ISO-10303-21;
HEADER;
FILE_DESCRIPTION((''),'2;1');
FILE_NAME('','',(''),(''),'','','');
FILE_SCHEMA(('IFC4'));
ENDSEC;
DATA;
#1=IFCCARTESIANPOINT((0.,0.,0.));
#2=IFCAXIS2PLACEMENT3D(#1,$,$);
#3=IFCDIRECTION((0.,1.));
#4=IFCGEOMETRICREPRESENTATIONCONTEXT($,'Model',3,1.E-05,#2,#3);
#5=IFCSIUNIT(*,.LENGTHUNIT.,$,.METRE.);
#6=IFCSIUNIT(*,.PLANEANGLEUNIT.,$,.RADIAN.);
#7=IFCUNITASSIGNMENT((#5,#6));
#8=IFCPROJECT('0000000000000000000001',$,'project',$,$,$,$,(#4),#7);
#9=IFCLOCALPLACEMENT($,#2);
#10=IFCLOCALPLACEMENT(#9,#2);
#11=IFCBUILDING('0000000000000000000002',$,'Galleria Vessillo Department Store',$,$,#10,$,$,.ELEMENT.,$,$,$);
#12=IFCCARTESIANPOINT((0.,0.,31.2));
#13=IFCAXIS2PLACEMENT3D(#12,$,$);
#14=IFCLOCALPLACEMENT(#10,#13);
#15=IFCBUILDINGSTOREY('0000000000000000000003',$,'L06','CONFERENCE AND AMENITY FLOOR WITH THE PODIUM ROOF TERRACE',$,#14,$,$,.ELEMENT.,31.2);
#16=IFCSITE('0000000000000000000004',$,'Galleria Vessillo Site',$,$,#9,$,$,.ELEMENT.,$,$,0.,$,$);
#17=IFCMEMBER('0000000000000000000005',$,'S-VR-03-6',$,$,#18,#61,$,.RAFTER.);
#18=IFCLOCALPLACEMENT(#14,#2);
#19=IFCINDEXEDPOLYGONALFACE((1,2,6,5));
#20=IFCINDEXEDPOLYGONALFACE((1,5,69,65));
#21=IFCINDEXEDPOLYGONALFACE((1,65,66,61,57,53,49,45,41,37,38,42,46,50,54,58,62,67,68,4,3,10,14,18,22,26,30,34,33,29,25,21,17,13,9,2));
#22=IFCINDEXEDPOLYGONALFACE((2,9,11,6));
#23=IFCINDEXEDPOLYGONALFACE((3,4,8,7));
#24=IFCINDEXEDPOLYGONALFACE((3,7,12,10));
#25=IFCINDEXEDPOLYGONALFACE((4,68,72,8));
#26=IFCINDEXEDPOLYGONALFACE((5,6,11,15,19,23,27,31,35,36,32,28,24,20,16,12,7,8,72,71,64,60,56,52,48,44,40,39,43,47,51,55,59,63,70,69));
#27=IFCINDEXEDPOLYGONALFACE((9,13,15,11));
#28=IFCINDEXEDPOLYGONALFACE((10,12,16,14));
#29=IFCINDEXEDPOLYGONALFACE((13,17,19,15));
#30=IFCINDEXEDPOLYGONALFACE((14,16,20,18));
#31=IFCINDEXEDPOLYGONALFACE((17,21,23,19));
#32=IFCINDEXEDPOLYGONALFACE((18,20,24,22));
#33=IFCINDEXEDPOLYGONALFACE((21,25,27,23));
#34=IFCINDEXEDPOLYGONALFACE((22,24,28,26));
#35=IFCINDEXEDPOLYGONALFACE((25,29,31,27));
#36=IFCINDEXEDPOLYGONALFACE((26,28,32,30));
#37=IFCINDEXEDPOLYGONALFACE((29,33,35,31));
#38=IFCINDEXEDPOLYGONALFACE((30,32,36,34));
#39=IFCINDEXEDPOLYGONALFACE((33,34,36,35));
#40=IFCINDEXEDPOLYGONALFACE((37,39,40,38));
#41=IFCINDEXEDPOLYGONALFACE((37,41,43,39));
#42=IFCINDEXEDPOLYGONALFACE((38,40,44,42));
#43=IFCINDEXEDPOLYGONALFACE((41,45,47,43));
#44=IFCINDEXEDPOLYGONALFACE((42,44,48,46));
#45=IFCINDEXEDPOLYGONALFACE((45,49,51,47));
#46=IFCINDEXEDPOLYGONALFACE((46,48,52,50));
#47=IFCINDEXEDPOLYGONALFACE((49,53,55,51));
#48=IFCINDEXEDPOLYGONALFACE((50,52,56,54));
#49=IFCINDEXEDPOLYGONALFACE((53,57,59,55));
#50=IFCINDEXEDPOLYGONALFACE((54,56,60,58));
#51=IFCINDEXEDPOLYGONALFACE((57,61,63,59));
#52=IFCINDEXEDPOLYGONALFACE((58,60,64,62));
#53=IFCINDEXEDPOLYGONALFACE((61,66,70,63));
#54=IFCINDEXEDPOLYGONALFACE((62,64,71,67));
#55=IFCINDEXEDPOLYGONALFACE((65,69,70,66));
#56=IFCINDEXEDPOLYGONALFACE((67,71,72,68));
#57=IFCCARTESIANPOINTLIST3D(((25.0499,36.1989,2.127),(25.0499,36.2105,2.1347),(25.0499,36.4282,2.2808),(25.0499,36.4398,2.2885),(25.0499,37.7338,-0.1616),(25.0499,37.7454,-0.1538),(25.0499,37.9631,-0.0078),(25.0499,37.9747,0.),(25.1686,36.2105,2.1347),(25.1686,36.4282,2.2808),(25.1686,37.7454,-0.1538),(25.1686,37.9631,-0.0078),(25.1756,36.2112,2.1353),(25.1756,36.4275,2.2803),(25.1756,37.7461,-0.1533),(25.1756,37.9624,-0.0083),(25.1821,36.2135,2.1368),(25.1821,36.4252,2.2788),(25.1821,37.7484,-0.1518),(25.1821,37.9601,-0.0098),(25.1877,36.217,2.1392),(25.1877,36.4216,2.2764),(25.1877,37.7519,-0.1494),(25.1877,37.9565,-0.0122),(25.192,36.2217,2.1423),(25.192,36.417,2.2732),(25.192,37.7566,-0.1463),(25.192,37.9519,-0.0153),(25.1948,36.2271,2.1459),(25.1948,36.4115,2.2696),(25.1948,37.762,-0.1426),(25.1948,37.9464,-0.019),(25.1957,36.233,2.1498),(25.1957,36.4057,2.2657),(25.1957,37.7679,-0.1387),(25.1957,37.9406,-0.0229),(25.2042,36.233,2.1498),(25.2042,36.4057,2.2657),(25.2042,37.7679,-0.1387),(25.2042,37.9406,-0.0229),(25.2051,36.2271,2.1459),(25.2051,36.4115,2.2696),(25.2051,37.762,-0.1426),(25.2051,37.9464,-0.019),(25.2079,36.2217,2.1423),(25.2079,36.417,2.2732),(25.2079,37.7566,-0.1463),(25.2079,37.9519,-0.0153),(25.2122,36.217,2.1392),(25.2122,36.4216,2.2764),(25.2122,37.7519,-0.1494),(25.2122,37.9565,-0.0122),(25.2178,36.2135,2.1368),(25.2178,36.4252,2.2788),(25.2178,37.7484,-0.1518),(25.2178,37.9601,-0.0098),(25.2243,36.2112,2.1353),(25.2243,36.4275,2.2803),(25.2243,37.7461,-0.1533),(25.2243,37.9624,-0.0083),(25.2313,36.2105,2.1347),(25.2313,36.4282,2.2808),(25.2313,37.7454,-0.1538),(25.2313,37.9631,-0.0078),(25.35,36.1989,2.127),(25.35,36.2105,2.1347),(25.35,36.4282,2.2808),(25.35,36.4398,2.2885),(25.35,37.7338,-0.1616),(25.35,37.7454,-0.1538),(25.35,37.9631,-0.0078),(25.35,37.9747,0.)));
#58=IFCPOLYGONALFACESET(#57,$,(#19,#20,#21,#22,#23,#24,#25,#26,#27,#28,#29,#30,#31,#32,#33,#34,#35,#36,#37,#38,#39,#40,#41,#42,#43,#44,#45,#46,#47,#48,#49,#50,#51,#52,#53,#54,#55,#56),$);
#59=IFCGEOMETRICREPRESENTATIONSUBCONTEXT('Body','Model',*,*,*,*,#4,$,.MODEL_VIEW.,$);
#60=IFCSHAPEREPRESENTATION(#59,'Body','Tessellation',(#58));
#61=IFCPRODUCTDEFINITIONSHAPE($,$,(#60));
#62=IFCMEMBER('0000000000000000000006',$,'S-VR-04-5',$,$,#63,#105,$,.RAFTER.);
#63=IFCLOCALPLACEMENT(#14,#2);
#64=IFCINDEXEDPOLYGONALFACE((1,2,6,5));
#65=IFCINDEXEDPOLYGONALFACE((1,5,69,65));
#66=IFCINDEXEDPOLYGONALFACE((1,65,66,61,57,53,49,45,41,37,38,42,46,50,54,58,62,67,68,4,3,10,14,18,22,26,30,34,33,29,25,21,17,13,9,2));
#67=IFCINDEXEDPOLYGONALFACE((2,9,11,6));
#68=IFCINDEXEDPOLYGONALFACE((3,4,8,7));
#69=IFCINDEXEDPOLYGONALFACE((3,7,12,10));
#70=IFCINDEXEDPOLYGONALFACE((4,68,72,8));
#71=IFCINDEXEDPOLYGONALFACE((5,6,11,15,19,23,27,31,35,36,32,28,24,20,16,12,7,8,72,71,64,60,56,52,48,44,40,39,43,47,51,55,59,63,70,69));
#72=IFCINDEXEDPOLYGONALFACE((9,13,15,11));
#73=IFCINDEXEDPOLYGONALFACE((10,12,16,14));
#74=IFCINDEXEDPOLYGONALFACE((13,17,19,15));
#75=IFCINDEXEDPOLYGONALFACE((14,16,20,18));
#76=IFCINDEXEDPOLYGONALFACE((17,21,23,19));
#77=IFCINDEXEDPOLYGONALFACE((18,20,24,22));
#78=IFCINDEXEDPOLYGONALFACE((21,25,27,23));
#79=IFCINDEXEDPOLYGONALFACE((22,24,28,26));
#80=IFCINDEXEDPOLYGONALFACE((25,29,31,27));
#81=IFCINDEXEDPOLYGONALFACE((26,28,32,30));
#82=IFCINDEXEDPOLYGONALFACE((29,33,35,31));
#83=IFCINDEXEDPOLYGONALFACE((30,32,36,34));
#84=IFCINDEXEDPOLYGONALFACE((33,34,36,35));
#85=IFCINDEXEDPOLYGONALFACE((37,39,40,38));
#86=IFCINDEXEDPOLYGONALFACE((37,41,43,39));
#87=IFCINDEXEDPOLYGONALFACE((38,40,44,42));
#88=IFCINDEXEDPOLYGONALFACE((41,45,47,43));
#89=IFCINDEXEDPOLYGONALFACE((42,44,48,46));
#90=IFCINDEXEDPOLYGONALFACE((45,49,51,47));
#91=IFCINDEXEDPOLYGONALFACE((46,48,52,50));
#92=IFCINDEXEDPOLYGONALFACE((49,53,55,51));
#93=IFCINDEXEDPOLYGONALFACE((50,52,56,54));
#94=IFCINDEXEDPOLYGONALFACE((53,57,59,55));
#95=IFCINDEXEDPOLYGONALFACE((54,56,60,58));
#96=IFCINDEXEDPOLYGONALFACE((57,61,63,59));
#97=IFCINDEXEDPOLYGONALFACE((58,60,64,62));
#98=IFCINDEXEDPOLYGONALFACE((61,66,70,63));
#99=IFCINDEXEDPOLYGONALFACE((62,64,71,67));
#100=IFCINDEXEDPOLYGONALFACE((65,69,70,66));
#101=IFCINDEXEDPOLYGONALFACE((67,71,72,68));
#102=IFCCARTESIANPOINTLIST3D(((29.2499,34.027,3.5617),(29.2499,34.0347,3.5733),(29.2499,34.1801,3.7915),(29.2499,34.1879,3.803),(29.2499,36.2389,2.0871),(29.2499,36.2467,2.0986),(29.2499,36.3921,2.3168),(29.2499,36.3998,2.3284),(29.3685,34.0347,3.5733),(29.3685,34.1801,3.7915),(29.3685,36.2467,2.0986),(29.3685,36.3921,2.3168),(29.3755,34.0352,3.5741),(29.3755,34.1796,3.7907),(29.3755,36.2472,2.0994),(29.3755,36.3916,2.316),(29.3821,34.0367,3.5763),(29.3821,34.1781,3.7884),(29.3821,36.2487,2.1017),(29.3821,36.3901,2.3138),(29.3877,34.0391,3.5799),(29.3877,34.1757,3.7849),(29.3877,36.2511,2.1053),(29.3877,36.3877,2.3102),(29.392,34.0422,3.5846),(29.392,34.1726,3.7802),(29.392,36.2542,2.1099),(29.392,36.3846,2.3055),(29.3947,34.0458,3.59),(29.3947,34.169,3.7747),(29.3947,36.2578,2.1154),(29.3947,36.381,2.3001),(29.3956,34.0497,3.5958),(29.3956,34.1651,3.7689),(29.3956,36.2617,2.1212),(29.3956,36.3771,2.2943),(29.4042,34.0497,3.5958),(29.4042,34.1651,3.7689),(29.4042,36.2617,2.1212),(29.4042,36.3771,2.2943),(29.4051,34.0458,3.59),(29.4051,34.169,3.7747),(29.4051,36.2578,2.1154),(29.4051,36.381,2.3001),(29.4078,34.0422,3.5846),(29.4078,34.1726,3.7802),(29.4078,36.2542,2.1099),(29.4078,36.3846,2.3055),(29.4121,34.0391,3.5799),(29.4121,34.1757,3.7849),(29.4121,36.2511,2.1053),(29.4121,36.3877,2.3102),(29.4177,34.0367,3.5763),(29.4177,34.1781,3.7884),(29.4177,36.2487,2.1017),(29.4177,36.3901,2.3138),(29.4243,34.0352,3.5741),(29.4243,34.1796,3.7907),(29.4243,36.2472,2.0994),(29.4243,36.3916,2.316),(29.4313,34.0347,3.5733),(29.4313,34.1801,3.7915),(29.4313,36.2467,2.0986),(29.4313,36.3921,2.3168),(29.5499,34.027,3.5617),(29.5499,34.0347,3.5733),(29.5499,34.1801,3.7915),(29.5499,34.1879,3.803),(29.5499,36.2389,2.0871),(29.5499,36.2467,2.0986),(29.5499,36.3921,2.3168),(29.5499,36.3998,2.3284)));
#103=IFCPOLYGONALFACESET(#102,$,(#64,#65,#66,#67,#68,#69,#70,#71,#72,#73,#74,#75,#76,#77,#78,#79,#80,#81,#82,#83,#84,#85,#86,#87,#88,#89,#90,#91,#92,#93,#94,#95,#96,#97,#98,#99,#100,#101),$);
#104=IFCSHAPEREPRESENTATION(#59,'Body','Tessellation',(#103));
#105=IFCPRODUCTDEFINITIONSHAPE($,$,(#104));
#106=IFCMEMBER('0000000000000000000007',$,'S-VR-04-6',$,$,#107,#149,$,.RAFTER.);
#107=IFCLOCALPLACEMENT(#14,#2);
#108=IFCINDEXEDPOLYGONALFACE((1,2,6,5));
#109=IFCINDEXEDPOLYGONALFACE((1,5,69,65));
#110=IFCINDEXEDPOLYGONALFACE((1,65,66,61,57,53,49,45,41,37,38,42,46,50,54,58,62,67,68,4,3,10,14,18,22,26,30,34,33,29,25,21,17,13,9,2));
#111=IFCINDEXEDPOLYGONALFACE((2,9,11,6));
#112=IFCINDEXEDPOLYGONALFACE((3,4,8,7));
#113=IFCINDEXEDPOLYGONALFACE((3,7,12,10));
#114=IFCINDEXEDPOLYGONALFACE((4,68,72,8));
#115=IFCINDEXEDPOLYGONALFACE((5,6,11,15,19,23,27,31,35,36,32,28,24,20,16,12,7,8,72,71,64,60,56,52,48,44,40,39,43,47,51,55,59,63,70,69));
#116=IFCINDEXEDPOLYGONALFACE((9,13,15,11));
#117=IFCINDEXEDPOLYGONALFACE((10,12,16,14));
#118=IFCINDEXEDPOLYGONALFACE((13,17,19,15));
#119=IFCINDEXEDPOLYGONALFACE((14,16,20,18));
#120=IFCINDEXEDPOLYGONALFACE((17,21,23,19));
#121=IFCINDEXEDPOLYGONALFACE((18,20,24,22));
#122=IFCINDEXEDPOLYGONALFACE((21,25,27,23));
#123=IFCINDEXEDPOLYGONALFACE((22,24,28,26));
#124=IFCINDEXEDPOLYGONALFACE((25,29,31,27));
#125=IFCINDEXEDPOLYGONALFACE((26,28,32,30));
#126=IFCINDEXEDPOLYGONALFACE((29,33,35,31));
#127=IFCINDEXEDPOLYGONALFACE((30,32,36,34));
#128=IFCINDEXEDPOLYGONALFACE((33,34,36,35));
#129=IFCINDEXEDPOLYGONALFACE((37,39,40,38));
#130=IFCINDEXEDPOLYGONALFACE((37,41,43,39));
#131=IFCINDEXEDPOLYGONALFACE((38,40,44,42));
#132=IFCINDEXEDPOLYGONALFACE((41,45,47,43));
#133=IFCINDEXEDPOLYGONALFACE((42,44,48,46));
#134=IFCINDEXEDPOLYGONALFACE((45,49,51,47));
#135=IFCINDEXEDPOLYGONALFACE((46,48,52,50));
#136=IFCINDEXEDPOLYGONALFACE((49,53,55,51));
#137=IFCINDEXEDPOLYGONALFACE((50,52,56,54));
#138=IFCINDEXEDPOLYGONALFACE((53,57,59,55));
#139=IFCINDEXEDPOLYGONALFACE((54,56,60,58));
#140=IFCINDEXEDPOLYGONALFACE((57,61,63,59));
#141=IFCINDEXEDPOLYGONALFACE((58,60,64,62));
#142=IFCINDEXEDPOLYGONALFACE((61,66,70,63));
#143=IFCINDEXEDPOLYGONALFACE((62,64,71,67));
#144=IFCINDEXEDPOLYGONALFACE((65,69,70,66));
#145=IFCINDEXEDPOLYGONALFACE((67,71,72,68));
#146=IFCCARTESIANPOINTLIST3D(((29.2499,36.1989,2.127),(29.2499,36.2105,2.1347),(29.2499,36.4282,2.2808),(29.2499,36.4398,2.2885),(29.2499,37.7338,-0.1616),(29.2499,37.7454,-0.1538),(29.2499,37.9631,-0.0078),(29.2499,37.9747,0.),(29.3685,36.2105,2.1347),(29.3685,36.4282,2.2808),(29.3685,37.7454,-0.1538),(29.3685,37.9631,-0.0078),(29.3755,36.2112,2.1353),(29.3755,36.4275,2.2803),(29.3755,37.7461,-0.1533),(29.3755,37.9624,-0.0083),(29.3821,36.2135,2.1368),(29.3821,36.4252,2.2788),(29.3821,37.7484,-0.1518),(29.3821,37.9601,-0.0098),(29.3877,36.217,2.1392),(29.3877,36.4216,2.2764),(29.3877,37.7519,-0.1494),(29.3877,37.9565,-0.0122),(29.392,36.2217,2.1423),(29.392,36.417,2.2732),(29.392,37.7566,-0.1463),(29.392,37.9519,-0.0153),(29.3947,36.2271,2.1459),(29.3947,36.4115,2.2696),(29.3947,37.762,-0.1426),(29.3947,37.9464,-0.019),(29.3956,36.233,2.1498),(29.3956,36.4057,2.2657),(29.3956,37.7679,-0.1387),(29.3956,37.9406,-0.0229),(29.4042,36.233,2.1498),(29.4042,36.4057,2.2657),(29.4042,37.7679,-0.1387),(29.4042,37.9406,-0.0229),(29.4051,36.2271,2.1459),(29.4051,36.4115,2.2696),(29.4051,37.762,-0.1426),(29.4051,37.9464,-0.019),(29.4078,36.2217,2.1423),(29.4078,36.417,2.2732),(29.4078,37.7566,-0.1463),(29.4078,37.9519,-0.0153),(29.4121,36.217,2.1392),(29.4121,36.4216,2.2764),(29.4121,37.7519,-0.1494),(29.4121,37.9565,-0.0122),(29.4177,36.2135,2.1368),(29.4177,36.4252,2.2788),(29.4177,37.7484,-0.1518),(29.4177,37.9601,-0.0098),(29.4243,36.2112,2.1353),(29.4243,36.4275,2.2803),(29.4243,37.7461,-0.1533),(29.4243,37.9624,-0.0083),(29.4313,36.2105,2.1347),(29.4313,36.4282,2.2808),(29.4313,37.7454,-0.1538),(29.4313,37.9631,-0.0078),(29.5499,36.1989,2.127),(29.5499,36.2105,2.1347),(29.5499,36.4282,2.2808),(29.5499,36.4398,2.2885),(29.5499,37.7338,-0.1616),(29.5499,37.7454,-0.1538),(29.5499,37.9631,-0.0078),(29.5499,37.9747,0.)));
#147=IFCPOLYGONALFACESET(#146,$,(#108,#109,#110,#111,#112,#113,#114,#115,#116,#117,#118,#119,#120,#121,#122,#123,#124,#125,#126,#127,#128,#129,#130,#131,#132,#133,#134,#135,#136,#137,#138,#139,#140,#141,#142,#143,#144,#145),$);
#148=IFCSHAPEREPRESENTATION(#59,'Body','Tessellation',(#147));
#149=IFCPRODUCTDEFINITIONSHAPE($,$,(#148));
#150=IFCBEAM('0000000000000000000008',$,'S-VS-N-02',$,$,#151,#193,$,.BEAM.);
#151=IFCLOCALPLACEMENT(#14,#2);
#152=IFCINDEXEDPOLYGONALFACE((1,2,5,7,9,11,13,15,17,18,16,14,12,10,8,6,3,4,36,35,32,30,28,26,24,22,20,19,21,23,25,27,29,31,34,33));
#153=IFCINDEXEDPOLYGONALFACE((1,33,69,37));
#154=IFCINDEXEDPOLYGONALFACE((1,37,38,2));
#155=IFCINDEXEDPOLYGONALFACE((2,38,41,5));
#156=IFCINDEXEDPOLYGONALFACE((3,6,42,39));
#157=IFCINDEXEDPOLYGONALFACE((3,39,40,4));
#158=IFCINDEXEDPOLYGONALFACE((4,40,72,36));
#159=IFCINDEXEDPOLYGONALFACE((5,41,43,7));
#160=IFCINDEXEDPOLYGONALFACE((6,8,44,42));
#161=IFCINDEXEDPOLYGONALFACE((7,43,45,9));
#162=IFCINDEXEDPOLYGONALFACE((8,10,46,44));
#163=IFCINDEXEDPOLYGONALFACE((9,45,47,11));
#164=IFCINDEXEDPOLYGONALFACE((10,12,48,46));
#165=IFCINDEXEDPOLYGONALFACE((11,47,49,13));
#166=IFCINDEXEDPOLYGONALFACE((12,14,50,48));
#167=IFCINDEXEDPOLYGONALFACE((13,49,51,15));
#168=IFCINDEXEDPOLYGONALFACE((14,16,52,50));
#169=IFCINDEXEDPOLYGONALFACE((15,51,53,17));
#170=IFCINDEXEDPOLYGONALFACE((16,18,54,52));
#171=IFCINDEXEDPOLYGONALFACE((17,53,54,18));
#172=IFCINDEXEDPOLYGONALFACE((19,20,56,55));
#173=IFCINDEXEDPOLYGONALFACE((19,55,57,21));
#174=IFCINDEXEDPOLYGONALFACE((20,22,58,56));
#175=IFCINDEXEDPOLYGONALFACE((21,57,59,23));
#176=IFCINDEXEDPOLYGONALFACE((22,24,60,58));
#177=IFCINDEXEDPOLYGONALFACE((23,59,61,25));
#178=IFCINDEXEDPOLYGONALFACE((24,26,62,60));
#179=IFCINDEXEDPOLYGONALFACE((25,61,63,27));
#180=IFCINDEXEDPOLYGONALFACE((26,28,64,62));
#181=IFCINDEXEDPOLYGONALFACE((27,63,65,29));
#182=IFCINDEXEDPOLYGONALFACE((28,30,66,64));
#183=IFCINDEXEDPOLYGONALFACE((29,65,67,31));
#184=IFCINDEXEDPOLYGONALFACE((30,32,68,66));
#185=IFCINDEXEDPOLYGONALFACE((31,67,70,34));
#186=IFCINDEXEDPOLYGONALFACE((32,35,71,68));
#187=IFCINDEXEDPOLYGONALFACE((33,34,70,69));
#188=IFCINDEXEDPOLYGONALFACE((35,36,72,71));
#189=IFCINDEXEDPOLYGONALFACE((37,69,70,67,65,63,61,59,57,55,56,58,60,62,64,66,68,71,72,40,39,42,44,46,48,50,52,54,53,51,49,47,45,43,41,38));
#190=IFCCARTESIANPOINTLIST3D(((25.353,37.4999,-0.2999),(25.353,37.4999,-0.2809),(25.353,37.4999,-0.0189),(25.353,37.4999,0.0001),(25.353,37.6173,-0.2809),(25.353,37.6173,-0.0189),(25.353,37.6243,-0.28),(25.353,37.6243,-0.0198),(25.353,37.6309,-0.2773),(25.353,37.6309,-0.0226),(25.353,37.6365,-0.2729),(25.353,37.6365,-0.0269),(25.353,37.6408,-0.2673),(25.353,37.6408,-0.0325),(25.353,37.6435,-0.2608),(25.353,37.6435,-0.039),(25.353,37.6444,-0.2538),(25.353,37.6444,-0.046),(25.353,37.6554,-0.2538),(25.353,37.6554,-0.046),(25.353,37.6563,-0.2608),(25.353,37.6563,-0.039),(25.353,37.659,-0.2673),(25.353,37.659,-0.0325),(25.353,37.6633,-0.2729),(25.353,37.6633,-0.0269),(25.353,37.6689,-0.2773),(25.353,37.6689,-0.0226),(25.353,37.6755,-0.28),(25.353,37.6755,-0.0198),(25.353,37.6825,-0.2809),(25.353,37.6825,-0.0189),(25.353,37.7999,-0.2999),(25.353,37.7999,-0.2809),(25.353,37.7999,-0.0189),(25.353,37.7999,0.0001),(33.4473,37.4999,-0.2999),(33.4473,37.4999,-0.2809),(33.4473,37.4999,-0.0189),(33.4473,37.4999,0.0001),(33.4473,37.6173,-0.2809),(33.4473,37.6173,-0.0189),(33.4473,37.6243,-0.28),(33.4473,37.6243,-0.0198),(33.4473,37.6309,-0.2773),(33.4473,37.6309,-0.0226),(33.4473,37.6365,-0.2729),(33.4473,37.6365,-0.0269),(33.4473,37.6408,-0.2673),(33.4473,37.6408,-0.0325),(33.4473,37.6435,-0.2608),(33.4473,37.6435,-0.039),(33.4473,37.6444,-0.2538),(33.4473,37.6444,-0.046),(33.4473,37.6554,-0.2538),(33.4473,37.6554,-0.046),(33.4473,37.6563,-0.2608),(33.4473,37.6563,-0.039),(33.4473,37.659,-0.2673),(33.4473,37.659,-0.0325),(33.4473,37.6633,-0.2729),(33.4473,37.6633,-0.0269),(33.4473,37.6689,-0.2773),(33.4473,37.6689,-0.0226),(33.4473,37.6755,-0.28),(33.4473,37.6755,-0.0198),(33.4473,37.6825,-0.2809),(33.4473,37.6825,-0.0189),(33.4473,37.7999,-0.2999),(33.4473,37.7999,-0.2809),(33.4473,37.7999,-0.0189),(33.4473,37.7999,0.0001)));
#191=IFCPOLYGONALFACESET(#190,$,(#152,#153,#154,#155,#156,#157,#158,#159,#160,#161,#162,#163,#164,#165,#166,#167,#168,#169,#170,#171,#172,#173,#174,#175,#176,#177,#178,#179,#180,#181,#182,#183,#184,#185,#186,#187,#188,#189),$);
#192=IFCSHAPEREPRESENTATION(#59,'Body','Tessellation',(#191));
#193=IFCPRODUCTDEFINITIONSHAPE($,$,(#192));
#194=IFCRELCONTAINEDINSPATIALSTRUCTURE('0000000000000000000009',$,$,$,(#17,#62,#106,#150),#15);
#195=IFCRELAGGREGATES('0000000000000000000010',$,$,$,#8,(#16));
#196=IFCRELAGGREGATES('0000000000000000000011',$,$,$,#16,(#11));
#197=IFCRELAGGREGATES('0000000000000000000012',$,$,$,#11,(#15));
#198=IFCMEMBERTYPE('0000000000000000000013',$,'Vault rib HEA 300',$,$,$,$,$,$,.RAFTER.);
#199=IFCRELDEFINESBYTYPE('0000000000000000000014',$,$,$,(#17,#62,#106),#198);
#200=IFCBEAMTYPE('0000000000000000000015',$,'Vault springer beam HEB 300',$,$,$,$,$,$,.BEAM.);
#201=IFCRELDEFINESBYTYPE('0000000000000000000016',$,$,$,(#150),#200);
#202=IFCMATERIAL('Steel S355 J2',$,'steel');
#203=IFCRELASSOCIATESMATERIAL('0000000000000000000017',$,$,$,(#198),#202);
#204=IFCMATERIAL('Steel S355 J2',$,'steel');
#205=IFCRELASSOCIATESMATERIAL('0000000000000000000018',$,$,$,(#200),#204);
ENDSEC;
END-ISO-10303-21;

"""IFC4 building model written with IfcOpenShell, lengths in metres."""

from ifc_helpers import new_model, si_unit, direction, frame, origin, origin_2d, place, context, subcontext, project, spatial, i_section, extrude, material, material_profile, profile_set, type_object, element, save


model = new_model("IFC4")

# Units and contexts
model_context = context("Model", 3, precision=1e-05, world=origin(), true_north=direction((0.0, 1.0)))
body_context = subcontext(model_context, "Body", "Model", "MODEL_VIEW")
ifc_project = project(units=[si_unit("LENGTHUNIT", "METRE"), si_unit("PLANEANGLEUNIT", "RADIAN")], contexts=[model_context])

# Site, building, storey
site_placement = place(None, origin())
site = spatial("IfcSite", under=ifc_project, at=site_placement, Name="Galleria Vessillo Site", CompositionType="ELEMENT", RefElevation=0.0)
building_placement = place(site_placement, origin())
building = spatial("IfcBuilding", under=site, at=building_placement, Name="Galleria Vessillo Department Store", CompositionType="ELEMENT")
storey_placement = place(building_placement, frame((0.0, 0.0, 31.2)))
storey = spatial("IfcBuildingStorey", under=building, at=storey_placement, Name="L06", Description="CONFERENCE AND AMENITY FLOOR WITH THE PODIUM ROOF TERRACE", CompositionType="ELEMENT", Elevation=31.2)

# Members
ifc_material_1 = material(Name="Steel S355 J2", Category="steel")
ifc_material_profile_1 = material_profile(ifc_material_1, i_section(OverallWidth=0.3, OverallDepth=0.29, WebThickness=0.0085, FlangeThickness=0.0139, FilletRadius=0.0271, at=origin_2d()), Name="HEA 300")
ifc_profile_set_1 = profile_set([ifc_material_profile_1], Name="Steel S355 J2")
member_type_1 = type_object("IfcMemberType", Name="Vault rib HEA 300", PredefinedType="RAFTER", material=ifc_profile_set_1)
member_1_placement = place(storey_placement, frame((25.2, 36.3193, 2.2078), z_axis=(0.0, 0.557008, -0.830507), x_axis=(-1.0, 0.0, 0.0)))
element("IfcMember", 1, at=member_1_placement, inside=storey, type_object=member_type_1, Name="S-VR-03-6", PredefinedType="RAFTER", context=body_context, shape_type="SweptSolid", body=[
    extrude(i_section(OverallWidth=0.3, OverallDepth=0.29, WebThickness=0.0085, FlangeThickness=0.0139, FilletRadius=0.0271, at=origin_2d()), origin(), (0.0, 0.0, 1.0), 2.7556),
])
member_2_placement = place(storey_placement, frame((29.3999, 34.1074, 3.6824), z_axis=(0.0, 0.83205, -0.5547), x_axis=(-1.0, 0.0, 0.0)))
element("IfcMember", 2, at=member_2_placement, inside=storey, type_object=member_type_1, Name="S-VR-04-5", PredefinedType="RAFTER", context=body_context, shape_type="SweptSolid", body=[
    extrude(i_section(OverallWidth=0.3, OverallDepth=0.29, WebThickness=0.0085, FlangeThickness=0.0139, FilletRadius=0.0271, at=origin_2d()), origin(), (0.0, 0.0, 1.0), 2.6584),
])
member_3_placement = place(storey_placement, frame((29.3999, 36.3193, 2.2078), z_axis=(0.0, 0.557008, -0.830507), x_axis=(-1.0, 0.0, 0.0)))
element("IfcMember", 3, at=member_3_placement, inside=storey, type_object=member_type_1, Name="S-VR-04-6", PredefinedType="RAFTER", context=body_context, shape_type="SweptSolid", body=[
    extrude(i_section(OverallWidth=0.3, OverallDepth=0.29, WebThickness=0.0085, FlangeThickness=0.0139, FilletRadius=0.0271, at=origin_2d()), origin(), (0.0, 0.0, 1.0), 2.7556),
])

# Beam
ifc_material_2 = material(Name="Steel S355 J2", Category="steel")
ifc_material_profile_2 = material_profile(ifc_material_2, i_section(OverallWidth=0.3, OverallDepth=0.3, WebThickness=0.011, FlangeThickness=0.019, FilletRadius=0.0271, at=origin_2d()), Name="HEB 300")
ifc_profile_set_2 = profile_set([ifc_material_profile_2], Name="Steel S355 J2")
beam_type_1 = type_object("IfcBeamType", Name="Vault springer beam HEB 300", PredefinedType="BEAM", material=ifc_profile_set_2)
beam_1_placement = place(storey_placement, frame((25.353, 37.6499, -0.1499), z_axis=(1.0, 0.0, 0.0), x_axis=(0.0, 1.0, 0.0)))
element("IfcBeam", 4, at=beam_1_placement, inside=storey, type_object=beam_type_1, Name="S-VS-N-02", PredefinedType="BEAM", context=body_context, shape_type="SweptSolid", body=[
    extrude(i_section(OverallWidth=0.3, OverallDepth=0.3, WebThickness=0.011, FlangeThickness=0.019, FilletRadius=0.0271, at=origin_2d()), origin(), (0.0, 0.0, 1.0), 8.0942),
])

save(model, "model.ifc")
